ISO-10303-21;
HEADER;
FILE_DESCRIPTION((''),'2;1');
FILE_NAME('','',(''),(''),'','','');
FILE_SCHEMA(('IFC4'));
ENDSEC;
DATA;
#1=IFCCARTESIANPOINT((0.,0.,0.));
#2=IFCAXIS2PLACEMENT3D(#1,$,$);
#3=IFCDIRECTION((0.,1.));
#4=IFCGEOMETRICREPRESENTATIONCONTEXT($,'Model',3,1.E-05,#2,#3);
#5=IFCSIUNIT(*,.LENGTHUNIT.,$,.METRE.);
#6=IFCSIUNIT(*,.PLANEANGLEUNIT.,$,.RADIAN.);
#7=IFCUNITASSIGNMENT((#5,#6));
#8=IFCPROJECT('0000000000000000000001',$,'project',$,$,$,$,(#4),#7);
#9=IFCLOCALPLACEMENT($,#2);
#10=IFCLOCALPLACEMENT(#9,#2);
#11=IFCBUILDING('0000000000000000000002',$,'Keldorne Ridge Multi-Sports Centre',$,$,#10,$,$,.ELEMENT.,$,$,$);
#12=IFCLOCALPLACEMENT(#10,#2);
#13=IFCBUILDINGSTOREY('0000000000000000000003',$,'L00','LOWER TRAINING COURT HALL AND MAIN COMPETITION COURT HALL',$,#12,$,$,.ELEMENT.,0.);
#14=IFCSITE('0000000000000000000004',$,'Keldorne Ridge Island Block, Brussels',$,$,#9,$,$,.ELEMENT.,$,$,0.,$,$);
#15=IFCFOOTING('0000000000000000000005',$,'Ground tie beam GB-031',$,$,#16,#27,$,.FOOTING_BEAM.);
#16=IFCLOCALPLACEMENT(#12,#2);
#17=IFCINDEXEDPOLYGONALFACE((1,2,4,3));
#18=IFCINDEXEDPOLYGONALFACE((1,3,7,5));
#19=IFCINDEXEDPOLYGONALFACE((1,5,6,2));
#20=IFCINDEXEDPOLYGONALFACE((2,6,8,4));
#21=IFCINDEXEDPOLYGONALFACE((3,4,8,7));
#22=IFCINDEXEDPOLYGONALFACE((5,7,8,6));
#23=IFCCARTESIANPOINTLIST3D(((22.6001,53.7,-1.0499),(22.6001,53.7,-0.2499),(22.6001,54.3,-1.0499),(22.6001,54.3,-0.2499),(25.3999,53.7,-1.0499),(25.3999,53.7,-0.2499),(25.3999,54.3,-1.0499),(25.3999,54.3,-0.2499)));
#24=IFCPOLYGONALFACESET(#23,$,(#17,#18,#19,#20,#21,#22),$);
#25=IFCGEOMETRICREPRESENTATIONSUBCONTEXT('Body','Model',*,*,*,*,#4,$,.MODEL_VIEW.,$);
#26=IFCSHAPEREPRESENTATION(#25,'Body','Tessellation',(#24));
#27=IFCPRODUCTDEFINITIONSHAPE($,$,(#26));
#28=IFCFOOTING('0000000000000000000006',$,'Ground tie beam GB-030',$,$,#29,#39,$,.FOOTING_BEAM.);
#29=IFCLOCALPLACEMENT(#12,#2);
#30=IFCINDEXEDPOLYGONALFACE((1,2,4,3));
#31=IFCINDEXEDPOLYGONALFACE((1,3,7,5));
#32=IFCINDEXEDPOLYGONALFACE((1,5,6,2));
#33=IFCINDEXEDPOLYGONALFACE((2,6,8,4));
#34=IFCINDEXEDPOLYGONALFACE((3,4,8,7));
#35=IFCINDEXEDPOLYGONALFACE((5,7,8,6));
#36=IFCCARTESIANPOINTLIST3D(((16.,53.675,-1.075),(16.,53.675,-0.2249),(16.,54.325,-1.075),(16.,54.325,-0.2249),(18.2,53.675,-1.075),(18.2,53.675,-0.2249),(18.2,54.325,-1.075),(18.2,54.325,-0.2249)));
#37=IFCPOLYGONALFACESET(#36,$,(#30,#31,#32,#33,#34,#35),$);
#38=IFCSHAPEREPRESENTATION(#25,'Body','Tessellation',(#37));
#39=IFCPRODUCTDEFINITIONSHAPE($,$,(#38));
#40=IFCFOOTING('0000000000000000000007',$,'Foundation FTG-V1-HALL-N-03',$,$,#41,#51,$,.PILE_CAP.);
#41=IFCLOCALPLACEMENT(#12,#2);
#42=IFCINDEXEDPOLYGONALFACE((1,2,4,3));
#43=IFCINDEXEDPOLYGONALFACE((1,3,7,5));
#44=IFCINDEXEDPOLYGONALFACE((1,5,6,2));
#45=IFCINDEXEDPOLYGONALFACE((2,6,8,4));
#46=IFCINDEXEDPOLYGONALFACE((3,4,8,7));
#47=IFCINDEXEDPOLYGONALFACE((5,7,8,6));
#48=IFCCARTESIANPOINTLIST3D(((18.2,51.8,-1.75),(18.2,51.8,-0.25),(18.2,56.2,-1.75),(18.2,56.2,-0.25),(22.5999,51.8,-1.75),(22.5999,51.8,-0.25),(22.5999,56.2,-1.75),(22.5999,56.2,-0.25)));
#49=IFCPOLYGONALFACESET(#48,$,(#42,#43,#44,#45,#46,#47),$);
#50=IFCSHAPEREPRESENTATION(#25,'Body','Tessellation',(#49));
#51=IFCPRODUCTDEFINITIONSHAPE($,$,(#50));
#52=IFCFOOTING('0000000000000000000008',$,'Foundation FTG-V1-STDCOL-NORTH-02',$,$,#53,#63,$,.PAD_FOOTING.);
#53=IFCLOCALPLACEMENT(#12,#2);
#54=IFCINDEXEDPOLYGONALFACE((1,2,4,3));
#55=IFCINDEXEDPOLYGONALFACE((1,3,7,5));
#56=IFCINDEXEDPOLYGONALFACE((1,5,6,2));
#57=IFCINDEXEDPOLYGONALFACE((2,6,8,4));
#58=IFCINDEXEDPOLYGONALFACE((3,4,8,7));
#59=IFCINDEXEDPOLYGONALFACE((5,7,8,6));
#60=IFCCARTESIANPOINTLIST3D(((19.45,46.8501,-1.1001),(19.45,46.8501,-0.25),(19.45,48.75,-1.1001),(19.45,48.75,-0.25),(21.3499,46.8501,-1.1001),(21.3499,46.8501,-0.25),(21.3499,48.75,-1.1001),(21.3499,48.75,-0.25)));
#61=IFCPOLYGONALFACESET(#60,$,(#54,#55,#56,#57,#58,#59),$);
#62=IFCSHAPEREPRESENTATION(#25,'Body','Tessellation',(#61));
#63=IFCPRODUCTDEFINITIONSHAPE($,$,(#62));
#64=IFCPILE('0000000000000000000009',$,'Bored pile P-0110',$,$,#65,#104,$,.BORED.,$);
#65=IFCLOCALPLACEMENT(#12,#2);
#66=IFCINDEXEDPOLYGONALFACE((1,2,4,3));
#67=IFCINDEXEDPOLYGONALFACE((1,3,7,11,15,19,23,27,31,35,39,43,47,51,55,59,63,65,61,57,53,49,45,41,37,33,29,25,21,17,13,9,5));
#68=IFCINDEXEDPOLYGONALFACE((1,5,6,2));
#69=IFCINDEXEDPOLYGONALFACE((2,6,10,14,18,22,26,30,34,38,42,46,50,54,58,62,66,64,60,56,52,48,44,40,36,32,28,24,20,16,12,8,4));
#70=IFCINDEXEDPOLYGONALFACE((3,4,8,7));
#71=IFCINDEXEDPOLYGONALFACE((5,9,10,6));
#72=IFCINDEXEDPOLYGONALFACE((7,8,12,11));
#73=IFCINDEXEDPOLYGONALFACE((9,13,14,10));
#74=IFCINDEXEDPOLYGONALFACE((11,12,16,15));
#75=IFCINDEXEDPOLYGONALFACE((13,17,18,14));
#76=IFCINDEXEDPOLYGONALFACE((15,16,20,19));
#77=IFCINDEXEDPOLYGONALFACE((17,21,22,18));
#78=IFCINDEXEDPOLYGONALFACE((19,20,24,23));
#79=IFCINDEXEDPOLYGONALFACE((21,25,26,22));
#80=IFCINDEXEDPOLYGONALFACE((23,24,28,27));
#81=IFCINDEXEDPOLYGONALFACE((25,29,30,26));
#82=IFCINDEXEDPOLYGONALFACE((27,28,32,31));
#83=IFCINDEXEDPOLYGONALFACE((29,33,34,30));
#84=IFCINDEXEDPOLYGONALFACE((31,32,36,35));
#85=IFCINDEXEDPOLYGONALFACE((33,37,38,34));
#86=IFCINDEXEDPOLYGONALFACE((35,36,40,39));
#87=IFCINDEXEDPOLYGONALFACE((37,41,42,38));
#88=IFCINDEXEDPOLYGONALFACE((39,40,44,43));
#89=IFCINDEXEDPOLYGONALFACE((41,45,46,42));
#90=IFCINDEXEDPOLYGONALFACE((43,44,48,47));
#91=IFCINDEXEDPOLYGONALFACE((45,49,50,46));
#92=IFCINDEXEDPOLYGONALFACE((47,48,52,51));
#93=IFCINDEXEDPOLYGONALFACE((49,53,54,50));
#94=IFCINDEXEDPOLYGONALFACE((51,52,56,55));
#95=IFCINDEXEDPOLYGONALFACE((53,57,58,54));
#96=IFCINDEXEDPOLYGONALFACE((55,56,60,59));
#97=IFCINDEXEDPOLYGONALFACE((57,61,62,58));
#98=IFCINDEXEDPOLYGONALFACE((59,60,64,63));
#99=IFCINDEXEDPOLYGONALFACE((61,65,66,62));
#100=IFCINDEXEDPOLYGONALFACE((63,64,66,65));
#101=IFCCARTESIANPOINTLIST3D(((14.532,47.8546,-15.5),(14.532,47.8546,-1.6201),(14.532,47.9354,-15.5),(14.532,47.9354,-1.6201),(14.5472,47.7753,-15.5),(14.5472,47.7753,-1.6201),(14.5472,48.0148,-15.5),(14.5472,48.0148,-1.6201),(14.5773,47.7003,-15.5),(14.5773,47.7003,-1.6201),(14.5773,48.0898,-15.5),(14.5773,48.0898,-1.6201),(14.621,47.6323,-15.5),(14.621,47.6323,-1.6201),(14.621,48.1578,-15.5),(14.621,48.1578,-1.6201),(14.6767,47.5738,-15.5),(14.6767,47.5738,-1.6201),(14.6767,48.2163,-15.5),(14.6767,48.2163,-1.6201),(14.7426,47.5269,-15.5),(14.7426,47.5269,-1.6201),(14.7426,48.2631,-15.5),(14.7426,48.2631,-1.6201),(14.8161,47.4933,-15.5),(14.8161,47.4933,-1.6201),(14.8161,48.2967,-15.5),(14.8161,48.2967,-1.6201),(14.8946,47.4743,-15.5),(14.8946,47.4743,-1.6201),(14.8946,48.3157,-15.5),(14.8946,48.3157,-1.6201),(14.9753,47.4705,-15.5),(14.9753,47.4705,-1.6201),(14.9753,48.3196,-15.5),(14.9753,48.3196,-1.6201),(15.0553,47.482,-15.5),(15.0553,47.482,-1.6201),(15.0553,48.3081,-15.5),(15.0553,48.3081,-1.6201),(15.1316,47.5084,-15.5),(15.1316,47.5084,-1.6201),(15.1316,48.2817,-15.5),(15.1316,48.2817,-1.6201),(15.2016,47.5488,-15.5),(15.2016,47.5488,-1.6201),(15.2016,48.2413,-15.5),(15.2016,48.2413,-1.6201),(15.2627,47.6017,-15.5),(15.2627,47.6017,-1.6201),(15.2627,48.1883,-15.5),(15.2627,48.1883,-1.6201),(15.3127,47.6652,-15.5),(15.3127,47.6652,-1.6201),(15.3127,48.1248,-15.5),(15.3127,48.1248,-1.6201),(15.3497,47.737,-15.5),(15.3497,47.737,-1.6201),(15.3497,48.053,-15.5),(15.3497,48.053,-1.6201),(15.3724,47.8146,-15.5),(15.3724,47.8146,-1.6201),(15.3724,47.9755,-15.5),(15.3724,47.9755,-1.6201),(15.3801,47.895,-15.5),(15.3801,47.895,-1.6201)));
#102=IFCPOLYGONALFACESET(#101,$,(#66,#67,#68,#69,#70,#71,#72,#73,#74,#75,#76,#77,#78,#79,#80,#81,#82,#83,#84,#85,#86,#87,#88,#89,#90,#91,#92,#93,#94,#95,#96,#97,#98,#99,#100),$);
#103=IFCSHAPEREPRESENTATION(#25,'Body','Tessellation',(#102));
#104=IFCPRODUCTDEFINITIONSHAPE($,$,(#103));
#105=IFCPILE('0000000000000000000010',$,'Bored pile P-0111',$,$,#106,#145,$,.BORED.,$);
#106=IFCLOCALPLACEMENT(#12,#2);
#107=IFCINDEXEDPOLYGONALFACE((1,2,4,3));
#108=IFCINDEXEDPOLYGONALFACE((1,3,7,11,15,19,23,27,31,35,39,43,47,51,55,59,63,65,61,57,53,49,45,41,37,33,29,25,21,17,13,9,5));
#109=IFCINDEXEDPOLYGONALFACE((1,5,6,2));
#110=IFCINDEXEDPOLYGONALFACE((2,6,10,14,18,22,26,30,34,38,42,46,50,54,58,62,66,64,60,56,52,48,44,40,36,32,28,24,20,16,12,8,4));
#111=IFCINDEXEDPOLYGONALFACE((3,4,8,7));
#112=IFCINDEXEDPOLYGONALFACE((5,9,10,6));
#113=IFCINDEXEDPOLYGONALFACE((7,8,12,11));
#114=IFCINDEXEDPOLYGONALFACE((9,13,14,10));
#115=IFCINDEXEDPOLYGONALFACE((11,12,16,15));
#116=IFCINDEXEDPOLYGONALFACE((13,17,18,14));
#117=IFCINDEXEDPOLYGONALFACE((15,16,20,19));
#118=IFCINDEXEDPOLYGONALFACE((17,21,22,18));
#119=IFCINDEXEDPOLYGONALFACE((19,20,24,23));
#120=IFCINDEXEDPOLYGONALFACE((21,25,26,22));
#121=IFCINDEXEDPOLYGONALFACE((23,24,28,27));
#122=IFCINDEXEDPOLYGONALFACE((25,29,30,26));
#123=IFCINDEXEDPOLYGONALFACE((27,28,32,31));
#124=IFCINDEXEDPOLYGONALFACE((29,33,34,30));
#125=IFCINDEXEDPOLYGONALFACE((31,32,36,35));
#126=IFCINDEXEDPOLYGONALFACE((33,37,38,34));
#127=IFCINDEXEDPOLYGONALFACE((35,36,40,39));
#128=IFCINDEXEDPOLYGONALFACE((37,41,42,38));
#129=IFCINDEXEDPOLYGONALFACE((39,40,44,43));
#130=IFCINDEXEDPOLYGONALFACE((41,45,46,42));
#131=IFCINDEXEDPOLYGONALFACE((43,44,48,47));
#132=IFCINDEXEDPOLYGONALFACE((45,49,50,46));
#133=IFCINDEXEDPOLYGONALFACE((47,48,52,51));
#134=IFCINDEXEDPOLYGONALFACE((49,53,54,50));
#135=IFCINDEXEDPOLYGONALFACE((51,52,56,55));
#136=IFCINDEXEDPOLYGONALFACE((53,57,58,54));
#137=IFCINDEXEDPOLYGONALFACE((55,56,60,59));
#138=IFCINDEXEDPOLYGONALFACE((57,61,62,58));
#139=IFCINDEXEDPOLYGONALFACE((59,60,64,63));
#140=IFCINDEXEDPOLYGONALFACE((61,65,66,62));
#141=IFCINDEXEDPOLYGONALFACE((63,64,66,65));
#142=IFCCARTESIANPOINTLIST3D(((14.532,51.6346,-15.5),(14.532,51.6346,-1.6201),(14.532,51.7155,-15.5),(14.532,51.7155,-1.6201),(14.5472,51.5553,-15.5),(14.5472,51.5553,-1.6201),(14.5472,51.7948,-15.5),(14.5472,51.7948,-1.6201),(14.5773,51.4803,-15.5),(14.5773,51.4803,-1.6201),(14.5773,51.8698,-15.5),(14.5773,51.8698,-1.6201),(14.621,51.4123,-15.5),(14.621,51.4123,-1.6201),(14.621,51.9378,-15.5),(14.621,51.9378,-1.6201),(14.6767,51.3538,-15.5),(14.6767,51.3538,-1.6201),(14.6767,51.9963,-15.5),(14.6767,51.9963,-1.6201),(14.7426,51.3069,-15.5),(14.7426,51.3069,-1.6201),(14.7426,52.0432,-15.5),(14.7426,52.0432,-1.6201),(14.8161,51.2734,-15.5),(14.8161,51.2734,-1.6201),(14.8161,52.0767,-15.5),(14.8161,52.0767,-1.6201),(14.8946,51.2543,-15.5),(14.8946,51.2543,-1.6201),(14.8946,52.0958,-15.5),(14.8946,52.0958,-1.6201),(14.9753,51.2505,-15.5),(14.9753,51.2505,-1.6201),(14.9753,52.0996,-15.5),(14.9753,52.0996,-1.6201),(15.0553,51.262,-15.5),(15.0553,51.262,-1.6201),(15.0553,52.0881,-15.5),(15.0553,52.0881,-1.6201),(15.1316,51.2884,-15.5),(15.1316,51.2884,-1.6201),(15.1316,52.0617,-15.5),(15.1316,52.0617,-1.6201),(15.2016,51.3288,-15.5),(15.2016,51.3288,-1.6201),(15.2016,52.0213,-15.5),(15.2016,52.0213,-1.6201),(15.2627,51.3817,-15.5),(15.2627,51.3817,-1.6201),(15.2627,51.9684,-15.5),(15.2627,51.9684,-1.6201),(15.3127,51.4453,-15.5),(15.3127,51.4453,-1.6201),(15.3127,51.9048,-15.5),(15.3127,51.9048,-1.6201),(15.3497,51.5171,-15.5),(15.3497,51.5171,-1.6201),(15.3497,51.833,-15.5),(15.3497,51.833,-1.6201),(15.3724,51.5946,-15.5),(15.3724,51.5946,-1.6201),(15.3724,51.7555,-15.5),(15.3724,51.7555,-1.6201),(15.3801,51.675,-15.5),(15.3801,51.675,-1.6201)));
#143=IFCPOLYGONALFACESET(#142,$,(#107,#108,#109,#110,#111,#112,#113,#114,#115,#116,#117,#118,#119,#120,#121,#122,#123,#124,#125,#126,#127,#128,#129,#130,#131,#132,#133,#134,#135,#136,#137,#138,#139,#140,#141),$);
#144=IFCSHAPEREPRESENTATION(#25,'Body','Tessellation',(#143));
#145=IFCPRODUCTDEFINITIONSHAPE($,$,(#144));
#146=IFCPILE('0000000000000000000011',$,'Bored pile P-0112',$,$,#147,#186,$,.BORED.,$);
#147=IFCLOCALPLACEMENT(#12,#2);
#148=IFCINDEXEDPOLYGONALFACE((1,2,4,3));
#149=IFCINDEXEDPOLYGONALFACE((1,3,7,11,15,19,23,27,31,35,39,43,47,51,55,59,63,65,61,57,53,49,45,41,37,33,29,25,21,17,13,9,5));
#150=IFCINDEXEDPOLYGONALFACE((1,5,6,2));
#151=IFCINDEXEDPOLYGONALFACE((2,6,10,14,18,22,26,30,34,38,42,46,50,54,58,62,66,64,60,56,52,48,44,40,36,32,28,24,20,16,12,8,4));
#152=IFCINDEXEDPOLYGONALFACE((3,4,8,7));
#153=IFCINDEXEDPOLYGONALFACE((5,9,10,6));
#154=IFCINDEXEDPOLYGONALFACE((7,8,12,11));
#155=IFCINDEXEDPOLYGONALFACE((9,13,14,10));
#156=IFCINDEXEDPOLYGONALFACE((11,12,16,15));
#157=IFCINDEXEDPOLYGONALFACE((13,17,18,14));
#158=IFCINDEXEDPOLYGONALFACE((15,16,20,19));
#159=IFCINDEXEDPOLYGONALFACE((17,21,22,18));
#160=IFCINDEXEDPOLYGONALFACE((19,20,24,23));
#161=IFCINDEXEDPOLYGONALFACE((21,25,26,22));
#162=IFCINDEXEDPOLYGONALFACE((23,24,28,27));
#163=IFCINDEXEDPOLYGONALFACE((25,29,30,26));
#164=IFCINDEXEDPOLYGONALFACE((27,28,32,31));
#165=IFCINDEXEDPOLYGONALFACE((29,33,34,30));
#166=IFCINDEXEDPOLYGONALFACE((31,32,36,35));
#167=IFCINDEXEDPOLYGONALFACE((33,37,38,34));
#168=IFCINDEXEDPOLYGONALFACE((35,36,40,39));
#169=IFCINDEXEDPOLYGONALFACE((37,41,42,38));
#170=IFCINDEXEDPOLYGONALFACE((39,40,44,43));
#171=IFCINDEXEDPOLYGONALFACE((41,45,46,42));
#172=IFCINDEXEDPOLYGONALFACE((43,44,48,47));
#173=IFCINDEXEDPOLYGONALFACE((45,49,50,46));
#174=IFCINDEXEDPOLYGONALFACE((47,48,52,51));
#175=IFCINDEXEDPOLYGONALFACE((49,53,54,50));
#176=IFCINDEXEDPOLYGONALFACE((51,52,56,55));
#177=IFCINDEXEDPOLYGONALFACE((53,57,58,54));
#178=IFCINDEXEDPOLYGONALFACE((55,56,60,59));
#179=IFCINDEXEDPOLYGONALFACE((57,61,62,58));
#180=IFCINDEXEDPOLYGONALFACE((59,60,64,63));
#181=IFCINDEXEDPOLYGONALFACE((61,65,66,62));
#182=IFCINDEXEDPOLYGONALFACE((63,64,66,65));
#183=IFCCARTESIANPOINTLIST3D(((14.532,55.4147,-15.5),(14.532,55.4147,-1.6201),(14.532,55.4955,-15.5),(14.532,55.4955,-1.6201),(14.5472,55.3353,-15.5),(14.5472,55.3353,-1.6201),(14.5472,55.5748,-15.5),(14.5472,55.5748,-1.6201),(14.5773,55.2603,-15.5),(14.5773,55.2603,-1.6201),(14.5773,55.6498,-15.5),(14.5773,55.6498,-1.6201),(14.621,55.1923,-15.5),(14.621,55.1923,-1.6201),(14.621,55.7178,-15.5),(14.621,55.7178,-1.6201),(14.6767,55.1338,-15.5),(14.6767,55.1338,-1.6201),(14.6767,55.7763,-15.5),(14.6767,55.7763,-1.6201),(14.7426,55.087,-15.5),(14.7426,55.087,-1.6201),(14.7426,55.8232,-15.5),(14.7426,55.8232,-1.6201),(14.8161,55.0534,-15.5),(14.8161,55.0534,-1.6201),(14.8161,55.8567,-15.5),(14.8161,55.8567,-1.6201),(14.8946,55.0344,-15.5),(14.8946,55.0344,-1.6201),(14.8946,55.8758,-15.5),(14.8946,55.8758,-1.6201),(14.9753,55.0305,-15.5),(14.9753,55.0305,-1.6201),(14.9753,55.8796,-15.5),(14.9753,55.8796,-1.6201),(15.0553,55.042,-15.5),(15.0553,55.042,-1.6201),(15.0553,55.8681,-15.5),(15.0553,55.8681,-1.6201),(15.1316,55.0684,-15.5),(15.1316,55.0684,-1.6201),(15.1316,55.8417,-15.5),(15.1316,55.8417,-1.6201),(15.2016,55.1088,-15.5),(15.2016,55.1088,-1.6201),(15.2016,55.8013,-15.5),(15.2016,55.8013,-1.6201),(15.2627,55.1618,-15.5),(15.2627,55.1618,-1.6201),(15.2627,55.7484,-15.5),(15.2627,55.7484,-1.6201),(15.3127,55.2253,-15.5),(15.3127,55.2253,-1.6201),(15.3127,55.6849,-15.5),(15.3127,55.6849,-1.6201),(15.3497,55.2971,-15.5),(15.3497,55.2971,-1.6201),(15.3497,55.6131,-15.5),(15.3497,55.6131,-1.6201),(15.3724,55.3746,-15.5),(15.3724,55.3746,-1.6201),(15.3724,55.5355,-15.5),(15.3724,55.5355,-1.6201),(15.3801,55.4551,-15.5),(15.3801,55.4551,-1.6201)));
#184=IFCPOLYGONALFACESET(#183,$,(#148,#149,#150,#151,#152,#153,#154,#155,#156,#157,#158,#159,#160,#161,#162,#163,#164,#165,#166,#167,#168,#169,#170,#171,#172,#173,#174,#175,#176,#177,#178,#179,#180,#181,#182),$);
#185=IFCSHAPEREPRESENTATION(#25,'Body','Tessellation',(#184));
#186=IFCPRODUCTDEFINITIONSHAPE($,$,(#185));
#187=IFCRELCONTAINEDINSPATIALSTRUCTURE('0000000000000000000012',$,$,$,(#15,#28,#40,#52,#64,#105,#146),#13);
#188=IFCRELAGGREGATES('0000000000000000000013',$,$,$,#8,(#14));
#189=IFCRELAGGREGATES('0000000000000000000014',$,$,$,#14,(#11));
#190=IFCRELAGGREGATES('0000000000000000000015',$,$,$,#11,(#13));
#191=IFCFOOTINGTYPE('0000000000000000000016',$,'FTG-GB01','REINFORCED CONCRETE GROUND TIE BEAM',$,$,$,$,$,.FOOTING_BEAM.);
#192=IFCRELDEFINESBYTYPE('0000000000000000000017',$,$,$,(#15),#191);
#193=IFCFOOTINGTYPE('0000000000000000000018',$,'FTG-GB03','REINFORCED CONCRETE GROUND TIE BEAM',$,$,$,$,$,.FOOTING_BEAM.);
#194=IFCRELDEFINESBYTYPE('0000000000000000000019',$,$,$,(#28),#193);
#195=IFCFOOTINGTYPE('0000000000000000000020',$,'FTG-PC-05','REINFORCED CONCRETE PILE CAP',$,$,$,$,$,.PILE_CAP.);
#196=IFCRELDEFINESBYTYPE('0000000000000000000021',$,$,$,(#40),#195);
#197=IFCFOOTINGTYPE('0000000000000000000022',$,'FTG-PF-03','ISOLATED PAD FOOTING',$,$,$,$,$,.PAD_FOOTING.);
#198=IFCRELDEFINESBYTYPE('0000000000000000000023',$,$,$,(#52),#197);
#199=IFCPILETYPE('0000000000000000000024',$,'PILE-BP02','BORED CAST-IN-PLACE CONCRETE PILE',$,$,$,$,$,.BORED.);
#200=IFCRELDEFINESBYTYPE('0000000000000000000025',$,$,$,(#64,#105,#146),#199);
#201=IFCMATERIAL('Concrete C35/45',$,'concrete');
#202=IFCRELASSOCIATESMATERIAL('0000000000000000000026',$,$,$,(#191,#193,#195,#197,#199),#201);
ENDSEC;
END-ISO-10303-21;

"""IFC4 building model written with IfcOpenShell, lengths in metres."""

from ifc_helpers import new_model, si_unit, direction, frame, origin, origin_2d, place, context, subcontext, project, spatial, rectangle, circle, extrude, material, material_profile, profile_set, type_object, element, save


model = new_model("IFC4")

# Units and contexts
model_context = context("Model", 3, precision=1e-05, world=origin(), true_north=direction((0.0, 1.0)))
body_context = subcontext(model_context, "Body", "Model", "MODEL_VIEW")
ifc_project = project(units=[si_unit("LENGTHUNIT", "METRE"), si_unit("PLANEANGLEUNIT", "RADIAN")], contexts=[model_context])

# Site, building, storey
site_placement = place(None, origin())
site = spatial("IfcSite", under=ifc_project, at=site_placement, Name="Keldorne Ridge Island Block, Brussels", CompositionType="ELEMENT", RefElevation=0.0)
building_placement = place(site_placement, origin())
building = spatial("IfcBuilding", under=site, at=building_placement, Name="Keldorne Ridge Multi-Sports Centre", CompositionType="ELEMENT")
storey_placement = place(building_placement, origin())
storey = spatial("IfcBuildingStorey", under=building, at=storey_placement, Name="L00", Description="LOWER TRAINING COURT HALL AND MAIN COMPETITION COURT HALL", CompositionType="ELEMENT", Elevation=0.0)

# Footings
ifc_material_1 = material(Name="Concrete C35/45", Category="concrete")
ifc_material_profile_1 = material_profile(ifc_material_1, rectangle(XDim=0.6001, YDim=0.8, at=origin_2d()), Name="GB 600x800")
ifc_profile_set_1 = profile_set([ifc_material_profile_1], Name="Concrete C35/45")
footing_type_1 = type_object("IfcFootingType", Name="FTG-GB01", Description="REINFORCED CONCRETE GROUND TIE BEAM", PredefinedType="FOOTING_BEAM", material=ifc_profile_set_1)
footing_1_placement = place(storey_placement, frame((22.6001, 54.0, -0.6499), z_axis=(1.0, 0.0, 0.0), x_axis=(0.0, 1.0, 0.0)))
element("IfcFooting", 1, at=footing_1_placement, inside=storey, type_object=footing_type_1, Name="Ground tie beam GB-031", PredefinedType="FOOTING_BEAM", context=body_context, shape_type="SweptSolid", body=[
    extrude(rectangle(XDim=0.6001, YDim=0.8, at=origin_2d()), origin(), (0.0, 0.0, 1.0), 2.7998),
])
ifc_material_profile_2 = material_profile(ifc_material_1, rectangle(XDim=0.6499, YDim=0.8501, at=origin_2d()), Name="GB 650x850")
ifc_profile_set_2 = profile_set([ifc_material_profile_2], Name="Concrete C35/45")
footing_type_2 = type_object("IfcFootingType", Name="FTG-GB03", Description="REINFORCED CONCRETE GROUND TIE BEAM", PredefinedType="FOOTING_BEAM", material=ifc_profile_set_2)
footing_2_placement = place(storey_placement, frame((16.0, 54.0, -0.6499), z_axis=(1.0, 0.0, 0.0), x_axis=(0.0, 1.0, 0.0)))
element("IfcFooting", 2, at=footing_2_placement, inside=storey, type_object=footing_type_2, Name="Ground tie beam GB-030", PredefinedType="FOOTING_BEAM", context=body_context, shape_type="SweptSolid", body=[
    extrude(rectangle(XDim=0.6499, YDim=0.8501, at=origin_2d()), origin(), (0.0, 0.0, 1.0), 2.2),
])
footing_type_3 = type_object("IfcFootingType", Name="FTG-PC-05", Description="REINFORCED CONCRETE PILE CAP", PredefinedType="PILE_CAP", material=ifc_material_1)
footing_3_placement = place(storey_placement, frame((20.3999, 54.0, -1.75), z_axis=(0.0, 0.0, 1.0), x_axis=(1.0, 0.0, 0.0)))
element("IfcFooting", 3, at=footing_3_placement, inside=storey, type_object=footing_type_3, Name="Foundation FTG-V1-HALL-N-03", PredefinedType="PILE_CAP", context=body_context, shape_type="SweptSolid", body=[
    extrude(rectangle(XDim=4.3999, YDim=4.3999, at=origin_2d()), origin(), (0.0, 0.0, 1.0), 1.5),
])
footing_type_4 = type_object("IfcFootingType", Name="FTG-PF-03", Description="ISOLATED PAD FOOTING", PredefinedType="PAD_FOOTING", material=ifc_material_1)
footing_4_placement = place(storey_placement, frame((20.3999, 47.8, -1.1001), z_axis=(0.0, 0.0, 1.0), x_axis=(1.0, 0.0, 0.0)))
element("IfcFooting", 4, at=footing_4_placement, inside=storey, type_object=footing_type_4, Name="Foundation FTG-V1-STDCOL-NORTH-02", PredefinedType="PAD_FOOTING", context=body_context, shape_type="SweptSolid", body=[
    extrude(rectangle(XDim=1.8999, YDim=1.8999, at=origin_2d()), origin(), (0.0, 0.0, 1.0), 0.8501),
])

# Piles
ifc_material_profile_3 = material_profile(ifc_material_1, circle(Radius=0.425, at=origin_2d()), Name="BORED PILE D850")
ifc_profile_set_3 = profile_set([ifc_material_profile_3], Name="Concrete C35/45")
pile_type_1 = type_object("IfcPileType", Name="PILE-BP02", Description="BORED CAST-IN-PLACE CONCRETE PILE", PredefinedType="BORED", material=ifc_profile_set_3)
for number, where, z_axis, x_axis, name in (
    (5, (14.9551, 47.895, -1.6201), (0.0, 0.0, -1.0), (1.0, 0.0, 0.0), "Bored pile P-0110"),
    (6, (14.9551, 51.675, -1.6201), (0.0, 0.0, -1.0), (1.0, 0.0, 0.0), "Bored pile P-0111"),
    (7, (14.9551, 55.4551, -1.6201), (0.0, 0.0, -1.0), (1.0, 0.0, 0.0), "Bored pile P-0112"),
):
    element("IfcPile", number, at=place(storey_placement, frame(where, z_axis=z_axis, x_axis=x_axis)), inside=storey, type_object=pile_type_1, Name=name, PredefinedType="BORED", context=body_context, shape_type="SweptSolid", body=[
        extrude(circle(Radius=0.425, at=origin_2d()), origin(), (0.0, 0.0, 1.0), 13.8799),
    ])

save(model, "model.ifc")
